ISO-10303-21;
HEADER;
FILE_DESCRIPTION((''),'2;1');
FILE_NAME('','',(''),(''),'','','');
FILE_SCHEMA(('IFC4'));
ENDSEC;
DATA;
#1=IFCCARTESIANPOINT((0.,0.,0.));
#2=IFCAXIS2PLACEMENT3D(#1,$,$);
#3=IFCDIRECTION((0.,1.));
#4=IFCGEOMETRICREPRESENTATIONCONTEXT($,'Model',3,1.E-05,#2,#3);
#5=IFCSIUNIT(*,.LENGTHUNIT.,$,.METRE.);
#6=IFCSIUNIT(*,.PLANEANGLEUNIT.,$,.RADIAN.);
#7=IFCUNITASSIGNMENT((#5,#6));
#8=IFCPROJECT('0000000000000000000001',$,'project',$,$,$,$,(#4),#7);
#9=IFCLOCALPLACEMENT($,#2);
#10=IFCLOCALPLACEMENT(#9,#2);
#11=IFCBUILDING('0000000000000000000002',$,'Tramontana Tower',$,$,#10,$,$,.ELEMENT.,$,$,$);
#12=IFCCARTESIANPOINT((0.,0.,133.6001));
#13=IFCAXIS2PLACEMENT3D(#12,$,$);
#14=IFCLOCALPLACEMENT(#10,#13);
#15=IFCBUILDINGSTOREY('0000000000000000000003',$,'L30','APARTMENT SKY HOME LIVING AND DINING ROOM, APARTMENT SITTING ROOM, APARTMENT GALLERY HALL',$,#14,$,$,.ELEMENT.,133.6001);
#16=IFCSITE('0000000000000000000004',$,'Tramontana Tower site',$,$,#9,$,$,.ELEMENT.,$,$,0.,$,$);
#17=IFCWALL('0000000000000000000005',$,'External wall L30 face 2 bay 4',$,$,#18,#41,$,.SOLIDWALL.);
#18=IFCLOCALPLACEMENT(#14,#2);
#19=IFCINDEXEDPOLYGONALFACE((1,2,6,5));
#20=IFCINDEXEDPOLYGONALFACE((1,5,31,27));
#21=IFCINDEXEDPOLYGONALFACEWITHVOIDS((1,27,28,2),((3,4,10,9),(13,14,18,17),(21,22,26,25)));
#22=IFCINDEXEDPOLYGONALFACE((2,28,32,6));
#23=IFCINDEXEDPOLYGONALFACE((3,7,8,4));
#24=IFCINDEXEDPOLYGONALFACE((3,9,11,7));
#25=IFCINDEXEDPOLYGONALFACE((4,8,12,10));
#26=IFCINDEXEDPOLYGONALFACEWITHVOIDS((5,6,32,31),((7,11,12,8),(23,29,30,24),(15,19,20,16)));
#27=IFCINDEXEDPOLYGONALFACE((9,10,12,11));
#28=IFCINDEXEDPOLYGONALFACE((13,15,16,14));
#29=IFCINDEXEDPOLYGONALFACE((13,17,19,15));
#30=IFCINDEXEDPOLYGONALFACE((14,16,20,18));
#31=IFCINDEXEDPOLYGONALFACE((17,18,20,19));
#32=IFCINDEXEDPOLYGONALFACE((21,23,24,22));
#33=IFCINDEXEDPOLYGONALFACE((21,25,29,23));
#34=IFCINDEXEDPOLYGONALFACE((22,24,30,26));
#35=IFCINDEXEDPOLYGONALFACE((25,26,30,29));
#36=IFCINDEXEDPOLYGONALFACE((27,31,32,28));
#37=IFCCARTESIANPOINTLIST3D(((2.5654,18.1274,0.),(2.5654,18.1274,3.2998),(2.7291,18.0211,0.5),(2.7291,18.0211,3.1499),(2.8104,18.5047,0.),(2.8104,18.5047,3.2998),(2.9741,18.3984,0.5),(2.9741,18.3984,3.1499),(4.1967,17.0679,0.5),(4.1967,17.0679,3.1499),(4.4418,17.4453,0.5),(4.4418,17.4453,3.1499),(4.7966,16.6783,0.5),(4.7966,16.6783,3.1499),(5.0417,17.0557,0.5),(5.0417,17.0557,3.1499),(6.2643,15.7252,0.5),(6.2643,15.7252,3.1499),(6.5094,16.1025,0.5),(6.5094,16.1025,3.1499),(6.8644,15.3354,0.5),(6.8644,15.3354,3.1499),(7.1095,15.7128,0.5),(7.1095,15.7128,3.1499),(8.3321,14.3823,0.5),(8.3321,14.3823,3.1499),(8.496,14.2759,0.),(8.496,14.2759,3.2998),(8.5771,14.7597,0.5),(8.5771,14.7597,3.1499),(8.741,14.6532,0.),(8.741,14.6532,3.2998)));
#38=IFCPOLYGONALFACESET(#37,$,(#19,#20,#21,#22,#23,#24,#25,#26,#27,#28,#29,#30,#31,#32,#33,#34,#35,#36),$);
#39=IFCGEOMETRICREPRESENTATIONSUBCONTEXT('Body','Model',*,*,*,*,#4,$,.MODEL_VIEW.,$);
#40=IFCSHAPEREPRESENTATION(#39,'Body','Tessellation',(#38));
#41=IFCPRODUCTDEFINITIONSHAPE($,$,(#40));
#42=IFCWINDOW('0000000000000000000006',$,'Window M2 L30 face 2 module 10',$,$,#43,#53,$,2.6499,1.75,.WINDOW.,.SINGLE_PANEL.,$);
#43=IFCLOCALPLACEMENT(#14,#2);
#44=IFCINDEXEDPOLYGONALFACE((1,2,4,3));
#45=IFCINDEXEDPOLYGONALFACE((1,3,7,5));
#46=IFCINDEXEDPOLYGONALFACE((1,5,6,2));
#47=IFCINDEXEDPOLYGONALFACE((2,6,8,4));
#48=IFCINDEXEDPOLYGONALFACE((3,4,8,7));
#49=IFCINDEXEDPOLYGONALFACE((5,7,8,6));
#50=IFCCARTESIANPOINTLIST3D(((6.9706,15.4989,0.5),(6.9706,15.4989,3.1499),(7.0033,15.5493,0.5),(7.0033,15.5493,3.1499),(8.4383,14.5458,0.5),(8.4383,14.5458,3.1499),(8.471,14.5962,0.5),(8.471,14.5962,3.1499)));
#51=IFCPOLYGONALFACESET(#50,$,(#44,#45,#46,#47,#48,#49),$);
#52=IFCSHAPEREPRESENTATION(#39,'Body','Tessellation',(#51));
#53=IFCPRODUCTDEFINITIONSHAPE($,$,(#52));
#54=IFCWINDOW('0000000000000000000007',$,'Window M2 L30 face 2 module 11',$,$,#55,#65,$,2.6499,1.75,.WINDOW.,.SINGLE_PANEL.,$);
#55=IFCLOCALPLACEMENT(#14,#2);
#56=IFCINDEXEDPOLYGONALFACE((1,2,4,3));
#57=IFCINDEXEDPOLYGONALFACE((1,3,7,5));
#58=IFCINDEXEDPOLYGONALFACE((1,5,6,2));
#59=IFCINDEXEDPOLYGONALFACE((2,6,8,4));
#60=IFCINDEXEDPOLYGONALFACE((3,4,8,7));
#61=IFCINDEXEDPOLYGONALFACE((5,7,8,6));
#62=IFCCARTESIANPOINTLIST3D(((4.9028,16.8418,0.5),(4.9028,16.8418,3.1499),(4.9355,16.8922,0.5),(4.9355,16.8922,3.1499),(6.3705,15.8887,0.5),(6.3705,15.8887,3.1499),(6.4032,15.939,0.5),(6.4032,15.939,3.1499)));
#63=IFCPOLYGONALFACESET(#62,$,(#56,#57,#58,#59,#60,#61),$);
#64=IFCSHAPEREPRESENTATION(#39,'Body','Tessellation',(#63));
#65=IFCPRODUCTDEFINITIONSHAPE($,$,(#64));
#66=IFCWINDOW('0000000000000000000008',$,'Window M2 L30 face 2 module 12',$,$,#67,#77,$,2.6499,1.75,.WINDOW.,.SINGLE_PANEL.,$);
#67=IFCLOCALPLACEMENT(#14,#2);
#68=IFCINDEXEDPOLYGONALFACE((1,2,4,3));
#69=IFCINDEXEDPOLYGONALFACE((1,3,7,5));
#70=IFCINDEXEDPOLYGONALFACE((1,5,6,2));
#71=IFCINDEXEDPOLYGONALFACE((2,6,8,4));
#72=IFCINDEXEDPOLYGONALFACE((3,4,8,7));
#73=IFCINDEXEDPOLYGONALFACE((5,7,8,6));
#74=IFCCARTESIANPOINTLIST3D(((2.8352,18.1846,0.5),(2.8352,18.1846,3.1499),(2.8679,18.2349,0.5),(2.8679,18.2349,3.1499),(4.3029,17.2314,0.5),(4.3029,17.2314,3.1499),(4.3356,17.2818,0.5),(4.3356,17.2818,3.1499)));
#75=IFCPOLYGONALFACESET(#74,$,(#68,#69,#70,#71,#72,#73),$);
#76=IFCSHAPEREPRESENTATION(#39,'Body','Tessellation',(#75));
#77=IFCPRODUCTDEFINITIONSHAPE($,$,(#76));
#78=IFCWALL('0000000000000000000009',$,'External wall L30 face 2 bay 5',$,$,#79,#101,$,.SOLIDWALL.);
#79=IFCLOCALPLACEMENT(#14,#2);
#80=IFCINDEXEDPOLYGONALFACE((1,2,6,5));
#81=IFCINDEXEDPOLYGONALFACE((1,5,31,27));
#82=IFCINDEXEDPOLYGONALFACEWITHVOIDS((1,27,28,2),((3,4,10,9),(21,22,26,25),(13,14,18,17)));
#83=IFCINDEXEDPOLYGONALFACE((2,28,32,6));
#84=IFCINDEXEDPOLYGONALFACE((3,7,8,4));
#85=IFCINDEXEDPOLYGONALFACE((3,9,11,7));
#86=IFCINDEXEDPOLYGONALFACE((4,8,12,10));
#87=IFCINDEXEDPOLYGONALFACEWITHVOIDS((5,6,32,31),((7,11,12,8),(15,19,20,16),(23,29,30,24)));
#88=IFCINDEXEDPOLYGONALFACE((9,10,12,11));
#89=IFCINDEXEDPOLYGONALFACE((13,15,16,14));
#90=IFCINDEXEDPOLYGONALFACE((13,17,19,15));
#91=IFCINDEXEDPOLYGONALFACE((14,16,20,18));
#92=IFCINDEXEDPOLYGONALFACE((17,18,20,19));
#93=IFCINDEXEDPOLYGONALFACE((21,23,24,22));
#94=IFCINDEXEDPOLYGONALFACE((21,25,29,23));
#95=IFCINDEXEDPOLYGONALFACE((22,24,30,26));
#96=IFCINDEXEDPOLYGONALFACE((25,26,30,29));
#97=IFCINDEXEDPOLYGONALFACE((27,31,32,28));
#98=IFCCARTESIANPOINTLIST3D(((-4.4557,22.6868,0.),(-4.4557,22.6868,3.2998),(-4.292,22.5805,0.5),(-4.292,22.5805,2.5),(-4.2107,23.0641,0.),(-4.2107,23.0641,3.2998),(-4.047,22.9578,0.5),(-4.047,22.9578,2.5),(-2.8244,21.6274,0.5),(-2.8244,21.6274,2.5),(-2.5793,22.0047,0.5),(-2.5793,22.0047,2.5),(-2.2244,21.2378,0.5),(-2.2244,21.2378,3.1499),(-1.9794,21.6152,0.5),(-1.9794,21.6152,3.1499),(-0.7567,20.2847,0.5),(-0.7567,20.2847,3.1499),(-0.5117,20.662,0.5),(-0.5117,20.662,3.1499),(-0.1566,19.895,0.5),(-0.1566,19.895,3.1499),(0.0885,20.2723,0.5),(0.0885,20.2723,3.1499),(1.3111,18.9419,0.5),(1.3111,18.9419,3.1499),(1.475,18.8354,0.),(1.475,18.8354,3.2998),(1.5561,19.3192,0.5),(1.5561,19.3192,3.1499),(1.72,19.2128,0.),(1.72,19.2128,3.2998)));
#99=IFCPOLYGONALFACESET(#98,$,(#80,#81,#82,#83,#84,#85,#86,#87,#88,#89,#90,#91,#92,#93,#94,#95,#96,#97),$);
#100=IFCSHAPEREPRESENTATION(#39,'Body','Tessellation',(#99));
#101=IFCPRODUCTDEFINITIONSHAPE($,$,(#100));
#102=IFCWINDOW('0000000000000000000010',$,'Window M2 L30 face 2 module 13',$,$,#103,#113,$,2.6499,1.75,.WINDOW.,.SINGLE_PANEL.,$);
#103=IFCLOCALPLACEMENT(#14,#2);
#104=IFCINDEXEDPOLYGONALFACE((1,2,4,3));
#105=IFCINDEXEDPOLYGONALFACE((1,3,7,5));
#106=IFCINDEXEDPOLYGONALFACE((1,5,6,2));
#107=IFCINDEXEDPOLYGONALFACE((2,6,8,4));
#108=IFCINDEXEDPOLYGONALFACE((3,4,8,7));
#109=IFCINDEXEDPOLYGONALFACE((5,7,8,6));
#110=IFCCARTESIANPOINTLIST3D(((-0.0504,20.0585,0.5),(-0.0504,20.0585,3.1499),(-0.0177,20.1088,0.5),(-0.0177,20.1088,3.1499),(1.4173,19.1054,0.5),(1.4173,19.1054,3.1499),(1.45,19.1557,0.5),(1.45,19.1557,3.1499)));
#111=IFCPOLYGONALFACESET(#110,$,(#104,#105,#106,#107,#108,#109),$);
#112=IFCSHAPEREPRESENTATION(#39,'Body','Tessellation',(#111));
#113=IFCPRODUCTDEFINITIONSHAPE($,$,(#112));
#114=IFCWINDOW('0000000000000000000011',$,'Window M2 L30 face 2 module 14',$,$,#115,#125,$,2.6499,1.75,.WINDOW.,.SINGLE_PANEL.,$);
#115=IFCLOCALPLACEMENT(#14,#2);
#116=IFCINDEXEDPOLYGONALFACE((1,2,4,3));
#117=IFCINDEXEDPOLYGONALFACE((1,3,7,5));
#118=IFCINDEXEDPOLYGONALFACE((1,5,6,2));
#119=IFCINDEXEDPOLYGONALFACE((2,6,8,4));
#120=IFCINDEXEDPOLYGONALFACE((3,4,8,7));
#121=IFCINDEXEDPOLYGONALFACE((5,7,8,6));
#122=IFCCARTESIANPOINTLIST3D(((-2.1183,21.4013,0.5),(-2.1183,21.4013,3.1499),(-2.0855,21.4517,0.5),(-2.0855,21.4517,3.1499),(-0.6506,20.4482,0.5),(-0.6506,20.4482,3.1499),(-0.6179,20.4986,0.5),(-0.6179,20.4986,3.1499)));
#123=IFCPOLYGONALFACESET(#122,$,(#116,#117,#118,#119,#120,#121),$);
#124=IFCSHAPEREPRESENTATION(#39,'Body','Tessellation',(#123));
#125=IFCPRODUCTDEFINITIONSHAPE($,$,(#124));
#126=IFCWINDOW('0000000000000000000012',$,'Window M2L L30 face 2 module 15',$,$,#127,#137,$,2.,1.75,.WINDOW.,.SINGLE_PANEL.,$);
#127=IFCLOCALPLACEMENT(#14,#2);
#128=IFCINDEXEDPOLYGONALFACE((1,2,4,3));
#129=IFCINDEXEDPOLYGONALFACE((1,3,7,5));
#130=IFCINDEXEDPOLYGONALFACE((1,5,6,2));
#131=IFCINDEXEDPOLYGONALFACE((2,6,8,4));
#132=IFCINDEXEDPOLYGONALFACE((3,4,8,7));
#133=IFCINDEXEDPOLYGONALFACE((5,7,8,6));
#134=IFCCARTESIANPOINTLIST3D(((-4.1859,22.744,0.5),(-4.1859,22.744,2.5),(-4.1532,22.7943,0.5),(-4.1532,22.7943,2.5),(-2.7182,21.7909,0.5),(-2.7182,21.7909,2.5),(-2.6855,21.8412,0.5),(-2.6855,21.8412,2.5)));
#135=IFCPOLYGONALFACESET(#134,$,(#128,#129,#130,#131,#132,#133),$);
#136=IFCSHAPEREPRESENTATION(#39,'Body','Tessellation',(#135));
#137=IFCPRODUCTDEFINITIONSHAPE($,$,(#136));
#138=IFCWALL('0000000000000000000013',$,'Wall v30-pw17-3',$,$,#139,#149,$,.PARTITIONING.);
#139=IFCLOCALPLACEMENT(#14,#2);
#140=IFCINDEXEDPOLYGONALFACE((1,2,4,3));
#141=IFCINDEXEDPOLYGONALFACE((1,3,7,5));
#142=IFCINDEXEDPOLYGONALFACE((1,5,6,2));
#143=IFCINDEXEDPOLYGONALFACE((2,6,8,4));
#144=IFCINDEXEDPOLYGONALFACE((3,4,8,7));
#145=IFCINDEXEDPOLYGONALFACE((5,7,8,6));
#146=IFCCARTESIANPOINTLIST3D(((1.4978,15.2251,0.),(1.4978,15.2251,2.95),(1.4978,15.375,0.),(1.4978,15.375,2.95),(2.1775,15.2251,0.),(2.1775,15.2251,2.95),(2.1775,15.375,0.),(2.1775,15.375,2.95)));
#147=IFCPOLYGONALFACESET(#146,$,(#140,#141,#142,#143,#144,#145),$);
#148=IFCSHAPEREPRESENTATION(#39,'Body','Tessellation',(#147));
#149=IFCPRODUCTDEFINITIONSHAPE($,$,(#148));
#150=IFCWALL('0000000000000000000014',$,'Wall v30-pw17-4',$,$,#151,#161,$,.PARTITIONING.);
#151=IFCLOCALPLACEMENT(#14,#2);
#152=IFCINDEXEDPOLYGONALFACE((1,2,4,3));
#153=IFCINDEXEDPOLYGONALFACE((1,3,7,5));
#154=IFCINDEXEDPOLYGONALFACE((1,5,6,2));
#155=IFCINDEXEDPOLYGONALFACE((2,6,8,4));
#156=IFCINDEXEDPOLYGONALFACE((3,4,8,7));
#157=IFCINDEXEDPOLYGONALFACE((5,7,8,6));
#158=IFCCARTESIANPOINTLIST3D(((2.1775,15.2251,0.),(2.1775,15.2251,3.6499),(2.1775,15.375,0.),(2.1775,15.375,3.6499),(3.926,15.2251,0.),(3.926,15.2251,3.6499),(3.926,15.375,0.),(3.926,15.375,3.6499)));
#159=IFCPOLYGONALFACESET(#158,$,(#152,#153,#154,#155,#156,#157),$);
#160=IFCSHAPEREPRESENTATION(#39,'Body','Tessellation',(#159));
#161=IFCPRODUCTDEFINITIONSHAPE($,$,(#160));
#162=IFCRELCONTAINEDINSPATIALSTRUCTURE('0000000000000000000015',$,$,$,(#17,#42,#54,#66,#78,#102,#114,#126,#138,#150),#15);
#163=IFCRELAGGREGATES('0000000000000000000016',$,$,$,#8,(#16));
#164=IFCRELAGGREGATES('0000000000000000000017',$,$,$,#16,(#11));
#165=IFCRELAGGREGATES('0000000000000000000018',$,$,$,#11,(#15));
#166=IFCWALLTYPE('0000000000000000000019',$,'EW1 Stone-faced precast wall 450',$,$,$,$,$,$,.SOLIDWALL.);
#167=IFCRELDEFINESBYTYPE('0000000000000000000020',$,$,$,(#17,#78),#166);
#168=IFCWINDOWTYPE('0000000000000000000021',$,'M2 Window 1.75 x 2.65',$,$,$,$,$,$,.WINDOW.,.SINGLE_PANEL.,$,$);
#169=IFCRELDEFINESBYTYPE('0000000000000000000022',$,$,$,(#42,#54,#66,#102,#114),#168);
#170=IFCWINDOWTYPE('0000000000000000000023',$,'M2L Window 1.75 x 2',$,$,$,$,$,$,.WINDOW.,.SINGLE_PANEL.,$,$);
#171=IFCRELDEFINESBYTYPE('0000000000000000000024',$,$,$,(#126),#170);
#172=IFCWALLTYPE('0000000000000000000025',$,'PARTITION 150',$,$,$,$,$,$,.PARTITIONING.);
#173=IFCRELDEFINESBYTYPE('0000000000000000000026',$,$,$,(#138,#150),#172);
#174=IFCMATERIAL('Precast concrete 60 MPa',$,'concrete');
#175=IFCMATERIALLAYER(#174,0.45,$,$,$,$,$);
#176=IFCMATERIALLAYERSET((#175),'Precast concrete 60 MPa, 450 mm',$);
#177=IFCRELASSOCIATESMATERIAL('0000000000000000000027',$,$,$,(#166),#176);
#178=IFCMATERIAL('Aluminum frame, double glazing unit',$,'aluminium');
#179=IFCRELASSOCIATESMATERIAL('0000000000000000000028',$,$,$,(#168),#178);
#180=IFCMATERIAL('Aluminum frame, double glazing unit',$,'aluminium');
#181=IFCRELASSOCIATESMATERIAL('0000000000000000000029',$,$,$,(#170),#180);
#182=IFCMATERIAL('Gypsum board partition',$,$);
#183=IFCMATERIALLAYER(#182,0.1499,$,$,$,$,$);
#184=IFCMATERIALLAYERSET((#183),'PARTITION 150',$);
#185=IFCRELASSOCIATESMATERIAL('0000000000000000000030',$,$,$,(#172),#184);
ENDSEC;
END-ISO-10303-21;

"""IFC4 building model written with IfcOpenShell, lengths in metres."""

from ifc_helpers import new_model, si_unit, direction, frame, frame_2d, origin, place, context, subcontext, project, spatial, rectangle, extrude, material, layer, layer_set, type_object, element, fill, save


model = new_model("IFC4")

# Units and contexts
model_context = context("Model", 3, precision=1e-05, world=origin(), true_north=direction((0.0, 1.0)))
body_context = subcontext(model_context, "Body", "Model", "MODEL_VIEW")
ifc_project = project(units=[si_unit("LENGTHUNIT", "METRE"), si_unit("PLANEANGLEUNIT", "RADIAN")], contexts=[model_context])

# Site, building, storey
site_placement = place(None, origin())
site = spatial("IfcSite", under=ifc_project, at=site_placement, Name="Tramontana Tower site", CompositionType="ELEMENT", RefElevation=0.0)
building_placement = place(site_placement, origin())
building = spatial("IfcBuilding", under=site, at=building_placement, Name="Tramontana Tower", CompositionType="ELEMENT")
storey_placement = place(building_placement, frame((0.0, 0.0, 133.6001)))
storey = spatial("IfcBuildingStorey", under=building, at=storey_placement, Name="L30", Description="APARTMENT SKY HOME LIVING AND DINING ROOM, APARTMENT SITTING ROOM, APARTMENT GALLERY HALL", CompositionType="ELEMENT", Elevation=133.6001)

# Walls, openings, windows
ifc_material_1 = material(Name="Precast concrete 60 MPa", Category="concrete")
ifc_layer_1 = layer(ifc_material_1, 0.45)
ifc_layer_set_1 = layer_set([ifc_layer_1], Name="Precast concrete 60 MPa, 450 mm")
wall_type_1 = type_object("IfcWallType", Name="EW1 Stone-faced precast wall 450", PredefinedType="SOLIDWALL", material=ifc_layer_set_1)
wall_1_placement = place(storey_placement, frame((8.6184, 14.4646, 0.0), z_axis=(0.0, 0.0, 1.0), x_axis=(-0.838661, 0.544653, 0.0)))
wall_1 = element("IfcWall", 1, at=wall_1_placement, inside=storey, type_object=wall_type_1, Name="External wall L30 face 2 bay 4", PredefinedType="SOLIDWALL", context=body_context, shape_type="SweptSolid", body=[
    extrude(rectangle(XDim=7.0715, YDim=0.45, at=frame_2d((3.5356, 0.0))), origin(), (0.0, 0.0, 1.0), 3.2998),
])
opening_1_placement = place(wall_1_placement, frame((0.1953, 0.0, 0.5)))
opening_1 = element("IfcOpeningElement", 2, at=opening_1_placement, cuts=wall_1, PredefinedType="OPENING", context=body_context, shape_type="SweptSolid", body=[
    extrude(rectangle(XDim=1.75, YDim=2.6499, at=frame_2d((0.875, 1.325))), frame((0.0, 0.2349, 0.0), z_axis=(0.0, -1.0, 0.0), x_axis=(1.0, 0.0, 0.0)), (0.0, 0.0, 1.0), 0.47),
])
opening_2_placement = place(wall_1_placement, frame((2.6609, 0.0, 0.5)))
opening_2 = element("IfcOpeningElement", 3, at=opening_2_placement, cuts=wall_1, PredefinedType="OPENING", context=body_context, shape_type="SweptSolid", body=[
    extrude(rectangle(XDim=1.75, YDim=2.6499, at=frame_2d((0.875, 1.325))), frame((0.0, 0.2349, 0.0), z_axis=(0.0, -1.0, 0.0), x_axis=(1.0, 0.0, 0.0)), (0.0, 0.0, 1.0), 0.47),
])
opening_3_placement = place(wall_1_placement, frame((5.1262, 0.0, 0.5)))
opening_3 = element("IfcOpeningElement", 4, at=opening_3_placement, cuts=wall_1, PredefinedType="OPENING", context=body_context, shape_type="SweptSolid", body=[
    extrude(rectangle(XDim=1.75, YDim=2.6499, at=frame_2d((0.875, 1.325))), frame((0.0, 0.2349, 0.0), z_axis=(0.0, -1.0, 0.0), x_axis=(1.0, 0.0, 0.0)), (0.0, 0.0, 1.0), 0.47),
])
ifc_material_2 = material(Name="Aluminum frame, double glazing unit", Category="aluminium")
window_type_1 = type_object("IfcWindowType", Name="M2 Window 1.75 x 2.65", PartitioningType="SINGLE_PANEL", PredefinedType="WINDOW", material=ifc_material_2)
window_1_placement = place(opening_1_placement, origin())
window_1 = element("IfcWindow", 5, at=window_1_placement, inside=storey, type_object=window_type_1, Name="Window M2 L30 face 2 module 10", OverallHeight=2.6499, OverallWidth=1.75, PartitioningType="SINGLE_PANEL", PredefinedType="WINDOW", context=body_context, shape_type="SweptSolid", body=[
    extrude(rectangle(XDim=1.75, YDim=2.6499, at=frame_2d((0.875, 1.325))), frame((0.0, 0.03, 0.0), z_axis=(0.0, -1.0, 0.0), x_axis=(1.0, 0.0, 0.0)), (0.0, 0.0, 1.0), 0.0601),
])
fill(opening_1, window_1)
window_2_placement = place(opening_2_placement, origin())
window_2 = element("IfcWindow", 6, at=window_2_placement, inside=storey, type_object=window_type_1, Name="Window M2 L30 face 2 module 11", OverallHeight=2.6499, OverallWidth=1.75, PartitioningType="SINGLE_PANEL", PredefinedType="WINDOW", context=body_context, shape_type="SweptSolid", body=[
    extrude(rectangle(XDim=1.75, YDim=2.6499, at=frame_2d((0.875, 1.325))), frame((0.0, 0.03, 0.0), z_axis=(0.0, -1.0, 0.0), x_axis=(1.0, 0.0, 0.0)), (0.0, 0.0, 1.0), 0.0601),
])
fill(opening_2, window_2)
window_3_placement = place(opening_3_placement, origin())
window_3 = element("IfcWindow", 7, at=window_3_placement, inside=storey, type_object=window_type_1, Name="Window M2 L30 face 2 module 12", OverallHeight=2.6499, OverallWidth=1.75, PartitioningType="SINGLE_PANEL", PredefinedType="WINDOW", context=body_context, shape_type="SweptSolid", body=[
    extrude(rectangle(XDim=1.75, YDim=2.6499, at=frame_2d((0.875, 1.325))), frame((0.0, 0.03, 0.0), z_axis=(0.0, -1.0, 0.0), x_axis=(1.0, 0.0, 0.0)), (0.0, 0.0, 1.0), 0.0601),
])
fill(opening_3, window_3)
wall_2_placement = place(storey_placement, frame((1.5974, 19.0242, 0.0), z_axis=(0.0, 0.0, 1.0), x_axis=(-0.838677, 0.544629, 0.0)))
wall_2 = element("IfcWall", 8, at=wall_2_placement, inside=storey, type_object=wall_type_1, Name="External wall L30 face 2 bay 5", PredefinedType="SOLIDWALL", context=body_context, shape_type="SweptSolid", body=[
    extrude(rectangle(XDim=7.0715, YDim=0.45, at=frame_2d((3.5356, 0.0))), origin(), (0.0, 0.0, 1.0), 3.2998),
])
opening_4_placement = place(wall_2_placement, frame((0.1953, 0.0, 0.5)))
opening_4 = element("IfcOpeningElement", 9, at=opening_4_placement, cuts=wall_2, PredefinedType="OPENING", context=body_context, shape_type="SweptSolid", body=[
    extrude(rectangle(XDim=1.75, YDim=2.6499, at=frame_2d((0.875, 1.325))), frame((0.0, 0.2349, 0.0), z_axis=(0.0, -1.0, 0.0), x_axis=(1.0, 0.0, 0.0)), (0.0, 0.0, 1.0), 0.47),
])
opening_5_placement = place(wall_2_placement, frame((2.6609, 0.0, 0.5)))
opening_5 = element("IfcOpeningElement", 10, at=opening_5_placement, cuts=wall_2, PredefinedType="OPENING", context=body_context, shape_type="SweptSolid", body=[
    extrude(rectangle(XDim=1.75, YDim=2.6499, at=frame_2d((0.875, 1.325))), frame((0.0, 0.2349, 0.0), z_axis=(0.0, -1.0, 0.0), x_axis=(1.0, 0.0, 0.0)), (0.0, 0.0, 1.0), 0.47),
])
opening_6_placement = place(wall_2_placement, frame((5.1262, 0.0, 0.5)))
opening_6 = element("IfcOpeningElement", 11, at=opening_6_placement, cuts=wall_2, PredefinedType="OPENING", context=body_context, shape_type="SweptSolid", body=[
    extrude(rectangle(XDim=1.75, YDim=2.0, at=frame_2d((0.875, 1.0))), frame((0.0, 0.2349, 0.0), z_axis=(0.0, -1.0, 0.0), x_axis=(1.0, 0.0, 0.0)), (0.0, 0.0, 1.0), 0.47),
])
window_4_placement = place(opening_4_placement, origin())
window_4 = element("IfcWindow", 12, at=window_4_placement, inside=storey, type_object=window_type_1, Name="Window M2 L30 face 2 module 13", OverallHeight=2.6499, OverallWidth=1.75, PartitioningType="SINGLE_PANEL", PredefinedType="WINDOW", context=body_context, shape_type="SweptSolid", body=[
    extrude(rectangle(XDim=1.75, YDim=2.6499, at=frame_2d((0.875, 1.325))), frame((0.0, 0.03, 0.0), z_axis=(0.0, -1.0, 0.0), x_axis=(1.0, 0.0, 0.0)), (0.0, 0.0, 1.0), 0.0601),
])
fill(opening_4, window_4)
window_5_placement = place(opening_5_placement, origin())
window_5 = element("IfcWindow", 13, at=window_5_placement, inside=storey, type_object=window_type_1, Name="Window M2 L30 face 2 module 14", OverallHeight=2.6499, OverallWidth=1.75, PartitioningType="SINGLE_PANEL", PredefinedType="WINDOW", context=body_context, shape_type="SweptSolid", body=[
    extrude(rectangle(XDim=1.75, YDim=2.6499, at=frame_2d((0.875, 1.325))), frame((0.0, 0.03, 0.0), z_axis=(0.0, -1.0, 0.0), x_axis=(1.0, 0.0, 0.0)), (0.0, 0.0, 1.0), 0.0601),
])
fill(opening_5, window_5)
ifc_material_3 = material(Name="Aluminum frame, double glazing unit", Category="aluminium")
window_type_2 = type_object("IfcWindowType", Name="M2L Window 1.75 x 2", PartitioningType="SINGLE_PANEL", PredefinedType="WINDOW", material=ifc_material_3)
window_6_placement = place(opening_6_placement, origin())
window_6 = element("IfcWindow", 14, at=window_6_placement, inside=storey, type_object=window_type_2, Name="Window M2L L30 face 2 module 15", OverallHeight=2.0, OverallWidth=1.75, PartitioningType="SINGLE_PANEL", PredefinedType="WINDOW", context=body_context, shape_type="SweptSolid", body=[
    extrude(rectangle(XDim=1.75, YDim=2.0, at=frame_2d((0.875, 1.0))), frame((0.0, 0.03, 0.0), z_axis=(0.0, -1.0, 0.0), x_axis=(1.0, 0.0, 0.0)), (0.0, 0.0, 1.0), 0.0601),
])
fill(opening_6, window_6)

# Walls
ifc_material_4 = material(Name="Gypsum board partition")
ifc_layer_2 = layer(ifc_material_4, 0.1499)
ifc_layer_set_2 = layer_set([ifc_layer_2], Name="PARTITION 150")
wall_type_2 = type_object("IfcWallType", Name="PARTITION 150", PredefinedType="PARTITIONING", material=ifc_layer_set_2)
wall_3_placement = place(storey_placement, frame((1.4978, 15.3, 0.0), z_axis=(0.0, 0.0, 1.0), x_axis=(1.0, 0.0, 0.0)))
element("IfcWall", 15, at=wall_3_placement, inside=storey, type_object=wall_type_2, Name="Wall v30-pw17-3", PredefinedType="PARTITIONING", context=body_context, shape_type="SweptSolid", body=[
    extrude(rectangle(XDim=0.6797, YDim=0.1499, at=frame_2d((0.3398, 0.0))), origin(), (0.0, 0.0, 1.0), 2.95),
])
wall_4_placement = place(storey_placement, frame((2.1775, 15.3, 0.0), z_axis=(0.0, 0.0, 1.0), x_axis=(1.0, 0.0, 0.0)))
element("IfcWall", 16, at=wall_4_placement, inside=storey, type_object=wall_type_2, Name="Wall v30-pw17-4", PredefinedType="PARTITIONING", context=body_context, shape_type="SweptSolid", body=[
    extrude(rectangle(XDim=1.7485, YDim=0.1499, at=frame_2d((0.8743, 0.0))), origin(), (0.0, 0.0, 1.0), 3.6499),
])

save(model, "model.ifc")
